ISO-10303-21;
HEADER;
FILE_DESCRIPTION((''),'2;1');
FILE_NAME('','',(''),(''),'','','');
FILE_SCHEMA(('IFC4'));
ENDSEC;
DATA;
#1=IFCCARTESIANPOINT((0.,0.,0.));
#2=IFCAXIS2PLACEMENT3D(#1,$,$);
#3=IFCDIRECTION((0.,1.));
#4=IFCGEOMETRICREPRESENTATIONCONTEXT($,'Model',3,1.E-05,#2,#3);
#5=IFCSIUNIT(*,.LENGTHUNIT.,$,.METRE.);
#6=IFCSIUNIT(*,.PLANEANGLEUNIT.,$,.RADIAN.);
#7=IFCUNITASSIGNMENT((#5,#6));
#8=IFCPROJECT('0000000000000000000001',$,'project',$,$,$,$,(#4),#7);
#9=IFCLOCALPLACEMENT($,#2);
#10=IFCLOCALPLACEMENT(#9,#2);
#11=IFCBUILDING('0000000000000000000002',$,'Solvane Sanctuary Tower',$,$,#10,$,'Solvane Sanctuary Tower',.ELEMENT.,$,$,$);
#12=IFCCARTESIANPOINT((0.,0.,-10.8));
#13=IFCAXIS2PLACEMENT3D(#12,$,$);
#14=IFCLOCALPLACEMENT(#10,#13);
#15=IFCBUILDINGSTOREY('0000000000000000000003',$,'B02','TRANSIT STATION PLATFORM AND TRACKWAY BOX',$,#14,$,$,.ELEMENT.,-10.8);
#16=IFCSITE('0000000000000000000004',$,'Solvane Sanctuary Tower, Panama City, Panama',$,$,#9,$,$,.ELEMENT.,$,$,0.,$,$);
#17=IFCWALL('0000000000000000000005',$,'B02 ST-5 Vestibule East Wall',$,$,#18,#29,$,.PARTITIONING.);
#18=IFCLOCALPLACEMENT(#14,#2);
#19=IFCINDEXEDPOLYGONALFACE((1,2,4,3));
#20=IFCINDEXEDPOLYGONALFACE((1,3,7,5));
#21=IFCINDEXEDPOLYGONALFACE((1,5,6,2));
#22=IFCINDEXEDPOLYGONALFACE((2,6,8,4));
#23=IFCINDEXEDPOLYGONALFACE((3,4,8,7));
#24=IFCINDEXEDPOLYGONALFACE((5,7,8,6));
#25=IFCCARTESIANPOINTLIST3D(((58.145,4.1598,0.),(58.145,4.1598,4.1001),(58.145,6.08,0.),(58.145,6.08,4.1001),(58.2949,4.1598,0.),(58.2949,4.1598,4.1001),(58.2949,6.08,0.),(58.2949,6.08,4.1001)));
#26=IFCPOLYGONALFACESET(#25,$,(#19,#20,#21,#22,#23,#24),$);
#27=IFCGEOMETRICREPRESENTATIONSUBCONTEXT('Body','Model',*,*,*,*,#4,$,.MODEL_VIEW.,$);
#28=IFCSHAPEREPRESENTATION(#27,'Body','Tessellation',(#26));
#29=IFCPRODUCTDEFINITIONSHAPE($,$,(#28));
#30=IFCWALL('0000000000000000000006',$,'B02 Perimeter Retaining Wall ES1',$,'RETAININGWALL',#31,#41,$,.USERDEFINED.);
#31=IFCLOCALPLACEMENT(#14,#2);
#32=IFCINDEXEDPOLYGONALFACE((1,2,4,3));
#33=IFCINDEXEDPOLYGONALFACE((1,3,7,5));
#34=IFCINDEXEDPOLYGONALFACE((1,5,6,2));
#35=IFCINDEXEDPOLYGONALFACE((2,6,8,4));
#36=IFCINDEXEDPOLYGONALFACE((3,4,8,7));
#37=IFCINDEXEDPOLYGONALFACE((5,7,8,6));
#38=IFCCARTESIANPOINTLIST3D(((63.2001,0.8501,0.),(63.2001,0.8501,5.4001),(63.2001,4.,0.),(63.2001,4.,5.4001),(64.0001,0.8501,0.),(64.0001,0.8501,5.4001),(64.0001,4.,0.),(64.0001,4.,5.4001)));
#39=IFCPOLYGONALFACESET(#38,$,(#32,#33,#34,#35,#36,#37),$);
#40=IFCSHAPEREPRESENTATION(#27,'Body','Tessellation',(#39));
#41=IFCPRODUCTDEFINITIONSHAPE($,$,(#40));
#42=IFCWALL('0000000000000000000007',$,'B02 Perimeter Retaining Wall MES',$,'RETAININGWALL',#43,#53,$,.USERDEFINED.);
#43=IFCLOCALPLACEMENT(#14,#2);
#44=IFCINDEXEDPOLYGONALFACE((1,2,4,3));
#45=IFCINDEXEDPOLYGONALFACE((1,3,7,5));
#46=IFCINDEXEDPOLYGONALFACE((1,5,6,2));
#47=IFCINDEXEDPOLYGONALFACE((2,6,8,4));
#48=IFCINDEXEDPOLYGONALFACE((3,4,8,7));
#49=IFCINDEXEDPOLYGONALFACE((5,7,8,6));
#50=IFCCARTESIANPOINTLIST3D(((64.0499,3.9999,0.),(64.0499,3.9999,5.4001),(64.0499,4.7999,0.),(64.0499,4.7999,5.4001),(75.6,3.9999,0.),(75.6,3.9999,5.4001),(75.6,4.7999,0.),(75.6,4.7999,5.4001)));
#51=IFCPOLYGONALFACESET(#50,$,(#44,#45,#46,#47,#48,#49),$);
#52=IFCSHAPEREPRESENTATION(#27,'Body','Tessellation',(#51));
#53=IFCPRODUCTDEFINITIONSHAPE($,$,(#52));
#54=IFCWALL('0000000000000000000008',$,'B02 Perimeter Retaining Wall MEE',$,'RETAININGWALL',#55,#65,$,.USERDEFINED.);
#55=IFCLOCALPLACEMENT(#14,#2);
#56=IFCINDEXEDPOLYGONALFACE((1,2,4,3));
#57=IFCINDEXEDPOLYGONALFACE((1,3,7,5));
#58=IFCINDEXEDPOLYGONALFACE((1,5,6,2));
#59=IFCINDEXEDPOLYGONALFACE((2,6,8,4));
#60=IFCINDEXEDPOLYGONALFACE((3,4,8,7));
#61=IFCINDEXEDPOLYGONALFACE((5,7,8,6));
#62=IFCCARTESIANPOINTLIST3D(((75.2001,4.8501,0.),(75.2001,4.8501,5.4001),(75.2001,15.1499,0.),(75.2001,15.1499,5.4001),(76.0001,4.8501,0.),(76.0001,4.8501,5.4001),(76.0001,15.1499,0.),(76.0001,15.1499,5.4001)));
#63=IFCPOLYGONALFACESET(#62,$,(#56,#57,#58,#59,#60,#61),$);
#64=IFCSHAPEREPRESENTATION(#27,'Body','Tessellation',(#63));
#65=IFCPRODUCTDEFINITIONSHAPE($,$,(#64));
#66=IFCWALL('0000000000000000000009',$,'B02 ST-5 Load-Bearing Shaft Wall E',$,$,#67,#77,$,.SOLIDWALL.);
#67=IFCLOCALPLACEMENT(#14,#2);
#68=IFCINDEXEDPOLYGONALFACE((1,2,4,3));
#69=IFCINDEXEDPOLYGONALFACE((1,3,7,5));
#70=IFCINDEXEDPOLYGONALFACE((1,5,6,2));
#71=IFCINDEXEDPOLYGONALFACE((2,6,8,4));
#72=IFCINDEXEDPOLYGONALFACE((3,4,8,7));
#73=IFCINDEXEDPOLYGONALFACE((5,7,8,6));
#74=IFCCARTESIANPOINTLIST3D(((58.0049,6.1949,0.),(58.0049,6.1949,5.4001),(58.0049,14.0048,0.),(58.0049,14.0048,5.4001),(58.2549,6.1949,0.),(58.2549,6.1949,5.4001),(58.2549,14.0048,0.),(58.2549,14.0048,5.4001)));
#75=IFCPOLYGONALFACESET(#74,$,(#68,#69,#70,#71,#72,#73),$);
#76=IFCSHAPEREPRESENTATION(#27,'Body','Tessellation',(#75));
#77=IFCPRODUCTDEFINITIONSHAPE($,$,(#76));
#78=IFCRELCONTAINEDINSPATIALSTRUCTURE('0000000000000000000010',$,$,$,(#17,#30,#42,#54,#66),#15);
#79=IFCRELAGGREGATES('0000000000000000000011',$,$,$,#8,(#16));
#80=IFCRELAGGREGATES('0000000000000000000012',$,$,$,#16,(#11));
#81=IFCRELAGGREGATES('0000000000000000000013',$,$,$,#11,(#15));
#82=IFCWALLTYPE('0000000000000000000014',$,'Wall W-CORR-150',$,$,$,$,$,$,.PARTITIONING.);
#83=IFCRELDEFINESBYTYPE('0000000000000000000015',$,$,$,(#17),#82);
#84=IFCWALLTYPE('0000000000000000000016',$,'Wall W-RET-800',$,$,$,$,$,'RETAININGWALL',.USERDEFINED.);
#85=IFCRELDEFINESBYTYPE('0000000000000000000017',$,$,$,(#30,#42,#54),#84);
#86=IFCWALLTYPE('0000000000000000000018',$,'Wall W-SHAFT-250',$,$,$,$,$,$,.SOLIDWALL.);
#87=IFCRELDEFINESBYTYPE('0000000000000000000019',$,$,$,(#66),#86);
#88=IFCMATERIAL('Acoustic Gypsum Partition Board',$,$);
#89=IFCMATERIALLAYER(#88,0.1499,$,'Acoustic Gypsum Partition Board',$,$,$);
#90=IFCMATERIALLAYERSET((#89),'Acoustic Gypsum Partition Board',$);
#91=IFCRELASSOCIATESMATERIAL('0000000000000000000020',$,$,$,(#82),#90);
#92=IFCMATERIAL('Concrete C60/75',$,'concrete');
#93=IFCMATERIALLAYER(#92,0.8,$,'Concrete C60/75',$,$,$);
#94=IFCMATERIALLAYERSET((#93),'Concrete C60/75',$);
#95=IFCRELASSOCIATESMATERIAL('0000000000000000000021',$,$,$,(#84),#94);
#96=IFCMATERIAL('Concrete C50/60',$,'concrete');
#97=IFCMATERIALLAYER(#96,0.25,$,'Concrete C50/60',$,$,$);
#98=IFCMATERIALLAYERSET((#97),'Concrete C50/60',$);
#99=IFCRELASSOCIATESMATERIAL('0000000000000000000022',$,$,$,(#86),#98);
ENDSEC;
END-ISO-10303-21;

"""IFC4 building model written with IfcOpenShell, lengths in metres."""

from ifc_helpers import new_model, si_unit, direction, frame, frame_2d, origin, place, context, subcontext, project, spatial, rectangle, extrude, material, layer, layer_set, type_object, element, save


model = new_model("IFC4")

# Units and contexts
model_context = context("Model", 3, precision=1e-05, world=origin(), true_north=direction((0.0, 1.0)))
body_context = subcontext(model_context, "Body", "Model", "MODEL_VIEW")
ifc_project = project(units=[si_unit("LENGTHUNIT", "METRE"), si_unit("PLANEANGLEUNIT", "RADIAN")], contexts=[model_context])

# Site, building, storey
site_placement = place(None, origin())
site = spatial("IfcSite", under=ifc_project, at=site_placement, Name="Solvane Sanctuary Tower, Panama City, Panama", CompositionType="ELEMENT", RefElevation=0.0)
building_placement = place(site_placement, origin())
building = spatial("IfcBuilding", under=site, at=building_placement, Name="Solvane Sanctuary Tower", LongName="Solvane Sanctuary Tower", CompositionType="ELEMENT")
storey_placement = place(building_placement, frame((0.0, 0.0, -10.8)))
storey = spatial("IfcBuildingStorey", under=building, at=storey_placement, Name="B02", Description="TRANSIT STATION PLATFORM AND TRACKWAY BOX", CompositionType="ELEMENT", Elevation=-10.8)

# Shared definitions
ifc_material_1 = material(Name="Concrete C50/60", Category="concrete")

# Walls
ifc_material_2 = material(Name="Acoustic Gypsum Partition Board")
ifc_layer_1 = layer(ifc_material_2, 0.1499, Name="Acoustic Gypsum Partition Board")
ifc_layer_set_1 = layer_set([ifc_layer_1], Name="Acoustic Gypsum Partition Board")
wall_type_1 = type_object("IfcWallType", Name="Wall W-CORR-150", PredefinedType="PARTITIONING", material=ifc_layer_set_1)
wall_1_placement = place(storey_placement, frame((58.22, 4.1599, 0.0), z_axis=(0.0, 0.0, 1.0), x_axis=(0.0, 1.0, 0.0)))
element("IfcWall", 1, at=wall_1_placement, inside=storey, type_object=wall_type_1, Name="B02 ST-5 Vestibule East Wall", PredefinedType="PARTITIONING", context=body_context, shape_type="SweptSolid", body=[
    extrude(rectangle(XDim=1.9202, YDim=0.1499, at=frame_2d((0.96, 0.0))), origin(), (0.0, 0.0, 1.0), 4.1001),
])
ifc_material_3 = material(Name="Concrete C60/75", Category="concrete")
ifc_layer_2 = layer(ifc_material_3, 0.8, Name="Concrete C60/75")
ifc_layer_set_2 = layer_set([ifc_layer_2], Name="Concrete C60/75")
wall_type_2 = type_object("IfcWallType", Name="Wall W-RET-800", ElementType="RETAININGWALL", PredefinedType="USERDEFINED", material=ifc_layer_set_2)
wall_2_placement = place(storey_placement, frame((63.6001, 0.8501, 0.0), z_axis=(0.0, 0.0, 1.0), x_axis=(0.0, 1.0, 0.0)))
element("IfcWall", 2, at=wall_2_placement, inside=storey, type_object=wall_type_2, Name="B02 Perimeter Retaining Wall ES1", ObjectType="RETAININGWALL", PredefinedType="USERDEFINED", context=body_context, shape_type="SweptSolid", body=[
    extrude(rectangle(XDim=3.1499, YDim=0.8, at=frame_2d((1.575, 0.0))), origin(), (0.0, 0.0, 1.0), 5.4001),
])
wall_3_placement = place(storey_placement, frame((64.05, 4.3999, 0.0), z_axis=(0.0, 0.0, 1.0), x_axis=(1.0, 0.0, 0.0)))
element("IfcWall", 3, at=wall_3_placement, inside=storey, type_object=wall_type_2, Name="B02 Perimeter Retaining Wall MES", ObjectType="RETAININGWALL", PredefinedType="USERDEFINED", context=body_context, shape_type="SweptSolid", body=[
    extrude(rectangle(XDim=11.55, YDim=0.8, at=frame_2d((5.7749, 0.0))), origin(), (0.0, 0.0, 1.0), 5.4001),
])
wall_4_placement = place(storey_placement, frame((75.6001, 4.8501, 0.0), z_axis=(0.0, 0.0, 1.0), x_axis=(0.0, 1.0, 0.0)))
element("IfcWall", 4, at=wall_4_placement, inside=storey, type_object=wall_type_2, Name="B02 Perimeter Retaining Wall MEE", ObjectType="RETAININGWALL", PredefinedType="USERDEFINED", context=body_context, shape_type="SweptSolid", body=[
    extrude(rectangle(XDim=10.2998, YDim=0.8, at=frame_2d((5.1499, 0.0))), origin(), (0.0, 0.0, 1.0), 5.4001),
])
ifc_layer_3 = layer(ifc_material_1, 0.25, Name="Concrete C50/60")
ifc_layer_set_3 = layer_set([ifc_layer_3], Name="Concrete C50/60")
wall_type_3 = type_object("IfcWallType", Name="Wall W-SHAFT-250", PredefinedType="SOLIDWALL", material=ifc_layer_set_3)
wall_5_placement = place(storey_placement, frame((58.1299, 6.1951, 0.0), z_axis=(0.0, 0.0, 1.0), x_axis=(0.0, 1.0, 0.0)))
element("IfcWall", 5, at=wall_5_placement, inside=storey, type_object=wall_type_3, Name="B02 ST-5 Load-Bearing Shaft Wall E", PredefinedType="SOLIDWALL", context=body_context, shape_type="SweptSolid", body=[
    extrude(rectangle(XDim=7.8098, YDim=0.25, at=frame_2d((3.9048, 0.0))), origin(), (0.0, 0.0, 1.0), 5.4001),
])

save(model, "model.ifc")
